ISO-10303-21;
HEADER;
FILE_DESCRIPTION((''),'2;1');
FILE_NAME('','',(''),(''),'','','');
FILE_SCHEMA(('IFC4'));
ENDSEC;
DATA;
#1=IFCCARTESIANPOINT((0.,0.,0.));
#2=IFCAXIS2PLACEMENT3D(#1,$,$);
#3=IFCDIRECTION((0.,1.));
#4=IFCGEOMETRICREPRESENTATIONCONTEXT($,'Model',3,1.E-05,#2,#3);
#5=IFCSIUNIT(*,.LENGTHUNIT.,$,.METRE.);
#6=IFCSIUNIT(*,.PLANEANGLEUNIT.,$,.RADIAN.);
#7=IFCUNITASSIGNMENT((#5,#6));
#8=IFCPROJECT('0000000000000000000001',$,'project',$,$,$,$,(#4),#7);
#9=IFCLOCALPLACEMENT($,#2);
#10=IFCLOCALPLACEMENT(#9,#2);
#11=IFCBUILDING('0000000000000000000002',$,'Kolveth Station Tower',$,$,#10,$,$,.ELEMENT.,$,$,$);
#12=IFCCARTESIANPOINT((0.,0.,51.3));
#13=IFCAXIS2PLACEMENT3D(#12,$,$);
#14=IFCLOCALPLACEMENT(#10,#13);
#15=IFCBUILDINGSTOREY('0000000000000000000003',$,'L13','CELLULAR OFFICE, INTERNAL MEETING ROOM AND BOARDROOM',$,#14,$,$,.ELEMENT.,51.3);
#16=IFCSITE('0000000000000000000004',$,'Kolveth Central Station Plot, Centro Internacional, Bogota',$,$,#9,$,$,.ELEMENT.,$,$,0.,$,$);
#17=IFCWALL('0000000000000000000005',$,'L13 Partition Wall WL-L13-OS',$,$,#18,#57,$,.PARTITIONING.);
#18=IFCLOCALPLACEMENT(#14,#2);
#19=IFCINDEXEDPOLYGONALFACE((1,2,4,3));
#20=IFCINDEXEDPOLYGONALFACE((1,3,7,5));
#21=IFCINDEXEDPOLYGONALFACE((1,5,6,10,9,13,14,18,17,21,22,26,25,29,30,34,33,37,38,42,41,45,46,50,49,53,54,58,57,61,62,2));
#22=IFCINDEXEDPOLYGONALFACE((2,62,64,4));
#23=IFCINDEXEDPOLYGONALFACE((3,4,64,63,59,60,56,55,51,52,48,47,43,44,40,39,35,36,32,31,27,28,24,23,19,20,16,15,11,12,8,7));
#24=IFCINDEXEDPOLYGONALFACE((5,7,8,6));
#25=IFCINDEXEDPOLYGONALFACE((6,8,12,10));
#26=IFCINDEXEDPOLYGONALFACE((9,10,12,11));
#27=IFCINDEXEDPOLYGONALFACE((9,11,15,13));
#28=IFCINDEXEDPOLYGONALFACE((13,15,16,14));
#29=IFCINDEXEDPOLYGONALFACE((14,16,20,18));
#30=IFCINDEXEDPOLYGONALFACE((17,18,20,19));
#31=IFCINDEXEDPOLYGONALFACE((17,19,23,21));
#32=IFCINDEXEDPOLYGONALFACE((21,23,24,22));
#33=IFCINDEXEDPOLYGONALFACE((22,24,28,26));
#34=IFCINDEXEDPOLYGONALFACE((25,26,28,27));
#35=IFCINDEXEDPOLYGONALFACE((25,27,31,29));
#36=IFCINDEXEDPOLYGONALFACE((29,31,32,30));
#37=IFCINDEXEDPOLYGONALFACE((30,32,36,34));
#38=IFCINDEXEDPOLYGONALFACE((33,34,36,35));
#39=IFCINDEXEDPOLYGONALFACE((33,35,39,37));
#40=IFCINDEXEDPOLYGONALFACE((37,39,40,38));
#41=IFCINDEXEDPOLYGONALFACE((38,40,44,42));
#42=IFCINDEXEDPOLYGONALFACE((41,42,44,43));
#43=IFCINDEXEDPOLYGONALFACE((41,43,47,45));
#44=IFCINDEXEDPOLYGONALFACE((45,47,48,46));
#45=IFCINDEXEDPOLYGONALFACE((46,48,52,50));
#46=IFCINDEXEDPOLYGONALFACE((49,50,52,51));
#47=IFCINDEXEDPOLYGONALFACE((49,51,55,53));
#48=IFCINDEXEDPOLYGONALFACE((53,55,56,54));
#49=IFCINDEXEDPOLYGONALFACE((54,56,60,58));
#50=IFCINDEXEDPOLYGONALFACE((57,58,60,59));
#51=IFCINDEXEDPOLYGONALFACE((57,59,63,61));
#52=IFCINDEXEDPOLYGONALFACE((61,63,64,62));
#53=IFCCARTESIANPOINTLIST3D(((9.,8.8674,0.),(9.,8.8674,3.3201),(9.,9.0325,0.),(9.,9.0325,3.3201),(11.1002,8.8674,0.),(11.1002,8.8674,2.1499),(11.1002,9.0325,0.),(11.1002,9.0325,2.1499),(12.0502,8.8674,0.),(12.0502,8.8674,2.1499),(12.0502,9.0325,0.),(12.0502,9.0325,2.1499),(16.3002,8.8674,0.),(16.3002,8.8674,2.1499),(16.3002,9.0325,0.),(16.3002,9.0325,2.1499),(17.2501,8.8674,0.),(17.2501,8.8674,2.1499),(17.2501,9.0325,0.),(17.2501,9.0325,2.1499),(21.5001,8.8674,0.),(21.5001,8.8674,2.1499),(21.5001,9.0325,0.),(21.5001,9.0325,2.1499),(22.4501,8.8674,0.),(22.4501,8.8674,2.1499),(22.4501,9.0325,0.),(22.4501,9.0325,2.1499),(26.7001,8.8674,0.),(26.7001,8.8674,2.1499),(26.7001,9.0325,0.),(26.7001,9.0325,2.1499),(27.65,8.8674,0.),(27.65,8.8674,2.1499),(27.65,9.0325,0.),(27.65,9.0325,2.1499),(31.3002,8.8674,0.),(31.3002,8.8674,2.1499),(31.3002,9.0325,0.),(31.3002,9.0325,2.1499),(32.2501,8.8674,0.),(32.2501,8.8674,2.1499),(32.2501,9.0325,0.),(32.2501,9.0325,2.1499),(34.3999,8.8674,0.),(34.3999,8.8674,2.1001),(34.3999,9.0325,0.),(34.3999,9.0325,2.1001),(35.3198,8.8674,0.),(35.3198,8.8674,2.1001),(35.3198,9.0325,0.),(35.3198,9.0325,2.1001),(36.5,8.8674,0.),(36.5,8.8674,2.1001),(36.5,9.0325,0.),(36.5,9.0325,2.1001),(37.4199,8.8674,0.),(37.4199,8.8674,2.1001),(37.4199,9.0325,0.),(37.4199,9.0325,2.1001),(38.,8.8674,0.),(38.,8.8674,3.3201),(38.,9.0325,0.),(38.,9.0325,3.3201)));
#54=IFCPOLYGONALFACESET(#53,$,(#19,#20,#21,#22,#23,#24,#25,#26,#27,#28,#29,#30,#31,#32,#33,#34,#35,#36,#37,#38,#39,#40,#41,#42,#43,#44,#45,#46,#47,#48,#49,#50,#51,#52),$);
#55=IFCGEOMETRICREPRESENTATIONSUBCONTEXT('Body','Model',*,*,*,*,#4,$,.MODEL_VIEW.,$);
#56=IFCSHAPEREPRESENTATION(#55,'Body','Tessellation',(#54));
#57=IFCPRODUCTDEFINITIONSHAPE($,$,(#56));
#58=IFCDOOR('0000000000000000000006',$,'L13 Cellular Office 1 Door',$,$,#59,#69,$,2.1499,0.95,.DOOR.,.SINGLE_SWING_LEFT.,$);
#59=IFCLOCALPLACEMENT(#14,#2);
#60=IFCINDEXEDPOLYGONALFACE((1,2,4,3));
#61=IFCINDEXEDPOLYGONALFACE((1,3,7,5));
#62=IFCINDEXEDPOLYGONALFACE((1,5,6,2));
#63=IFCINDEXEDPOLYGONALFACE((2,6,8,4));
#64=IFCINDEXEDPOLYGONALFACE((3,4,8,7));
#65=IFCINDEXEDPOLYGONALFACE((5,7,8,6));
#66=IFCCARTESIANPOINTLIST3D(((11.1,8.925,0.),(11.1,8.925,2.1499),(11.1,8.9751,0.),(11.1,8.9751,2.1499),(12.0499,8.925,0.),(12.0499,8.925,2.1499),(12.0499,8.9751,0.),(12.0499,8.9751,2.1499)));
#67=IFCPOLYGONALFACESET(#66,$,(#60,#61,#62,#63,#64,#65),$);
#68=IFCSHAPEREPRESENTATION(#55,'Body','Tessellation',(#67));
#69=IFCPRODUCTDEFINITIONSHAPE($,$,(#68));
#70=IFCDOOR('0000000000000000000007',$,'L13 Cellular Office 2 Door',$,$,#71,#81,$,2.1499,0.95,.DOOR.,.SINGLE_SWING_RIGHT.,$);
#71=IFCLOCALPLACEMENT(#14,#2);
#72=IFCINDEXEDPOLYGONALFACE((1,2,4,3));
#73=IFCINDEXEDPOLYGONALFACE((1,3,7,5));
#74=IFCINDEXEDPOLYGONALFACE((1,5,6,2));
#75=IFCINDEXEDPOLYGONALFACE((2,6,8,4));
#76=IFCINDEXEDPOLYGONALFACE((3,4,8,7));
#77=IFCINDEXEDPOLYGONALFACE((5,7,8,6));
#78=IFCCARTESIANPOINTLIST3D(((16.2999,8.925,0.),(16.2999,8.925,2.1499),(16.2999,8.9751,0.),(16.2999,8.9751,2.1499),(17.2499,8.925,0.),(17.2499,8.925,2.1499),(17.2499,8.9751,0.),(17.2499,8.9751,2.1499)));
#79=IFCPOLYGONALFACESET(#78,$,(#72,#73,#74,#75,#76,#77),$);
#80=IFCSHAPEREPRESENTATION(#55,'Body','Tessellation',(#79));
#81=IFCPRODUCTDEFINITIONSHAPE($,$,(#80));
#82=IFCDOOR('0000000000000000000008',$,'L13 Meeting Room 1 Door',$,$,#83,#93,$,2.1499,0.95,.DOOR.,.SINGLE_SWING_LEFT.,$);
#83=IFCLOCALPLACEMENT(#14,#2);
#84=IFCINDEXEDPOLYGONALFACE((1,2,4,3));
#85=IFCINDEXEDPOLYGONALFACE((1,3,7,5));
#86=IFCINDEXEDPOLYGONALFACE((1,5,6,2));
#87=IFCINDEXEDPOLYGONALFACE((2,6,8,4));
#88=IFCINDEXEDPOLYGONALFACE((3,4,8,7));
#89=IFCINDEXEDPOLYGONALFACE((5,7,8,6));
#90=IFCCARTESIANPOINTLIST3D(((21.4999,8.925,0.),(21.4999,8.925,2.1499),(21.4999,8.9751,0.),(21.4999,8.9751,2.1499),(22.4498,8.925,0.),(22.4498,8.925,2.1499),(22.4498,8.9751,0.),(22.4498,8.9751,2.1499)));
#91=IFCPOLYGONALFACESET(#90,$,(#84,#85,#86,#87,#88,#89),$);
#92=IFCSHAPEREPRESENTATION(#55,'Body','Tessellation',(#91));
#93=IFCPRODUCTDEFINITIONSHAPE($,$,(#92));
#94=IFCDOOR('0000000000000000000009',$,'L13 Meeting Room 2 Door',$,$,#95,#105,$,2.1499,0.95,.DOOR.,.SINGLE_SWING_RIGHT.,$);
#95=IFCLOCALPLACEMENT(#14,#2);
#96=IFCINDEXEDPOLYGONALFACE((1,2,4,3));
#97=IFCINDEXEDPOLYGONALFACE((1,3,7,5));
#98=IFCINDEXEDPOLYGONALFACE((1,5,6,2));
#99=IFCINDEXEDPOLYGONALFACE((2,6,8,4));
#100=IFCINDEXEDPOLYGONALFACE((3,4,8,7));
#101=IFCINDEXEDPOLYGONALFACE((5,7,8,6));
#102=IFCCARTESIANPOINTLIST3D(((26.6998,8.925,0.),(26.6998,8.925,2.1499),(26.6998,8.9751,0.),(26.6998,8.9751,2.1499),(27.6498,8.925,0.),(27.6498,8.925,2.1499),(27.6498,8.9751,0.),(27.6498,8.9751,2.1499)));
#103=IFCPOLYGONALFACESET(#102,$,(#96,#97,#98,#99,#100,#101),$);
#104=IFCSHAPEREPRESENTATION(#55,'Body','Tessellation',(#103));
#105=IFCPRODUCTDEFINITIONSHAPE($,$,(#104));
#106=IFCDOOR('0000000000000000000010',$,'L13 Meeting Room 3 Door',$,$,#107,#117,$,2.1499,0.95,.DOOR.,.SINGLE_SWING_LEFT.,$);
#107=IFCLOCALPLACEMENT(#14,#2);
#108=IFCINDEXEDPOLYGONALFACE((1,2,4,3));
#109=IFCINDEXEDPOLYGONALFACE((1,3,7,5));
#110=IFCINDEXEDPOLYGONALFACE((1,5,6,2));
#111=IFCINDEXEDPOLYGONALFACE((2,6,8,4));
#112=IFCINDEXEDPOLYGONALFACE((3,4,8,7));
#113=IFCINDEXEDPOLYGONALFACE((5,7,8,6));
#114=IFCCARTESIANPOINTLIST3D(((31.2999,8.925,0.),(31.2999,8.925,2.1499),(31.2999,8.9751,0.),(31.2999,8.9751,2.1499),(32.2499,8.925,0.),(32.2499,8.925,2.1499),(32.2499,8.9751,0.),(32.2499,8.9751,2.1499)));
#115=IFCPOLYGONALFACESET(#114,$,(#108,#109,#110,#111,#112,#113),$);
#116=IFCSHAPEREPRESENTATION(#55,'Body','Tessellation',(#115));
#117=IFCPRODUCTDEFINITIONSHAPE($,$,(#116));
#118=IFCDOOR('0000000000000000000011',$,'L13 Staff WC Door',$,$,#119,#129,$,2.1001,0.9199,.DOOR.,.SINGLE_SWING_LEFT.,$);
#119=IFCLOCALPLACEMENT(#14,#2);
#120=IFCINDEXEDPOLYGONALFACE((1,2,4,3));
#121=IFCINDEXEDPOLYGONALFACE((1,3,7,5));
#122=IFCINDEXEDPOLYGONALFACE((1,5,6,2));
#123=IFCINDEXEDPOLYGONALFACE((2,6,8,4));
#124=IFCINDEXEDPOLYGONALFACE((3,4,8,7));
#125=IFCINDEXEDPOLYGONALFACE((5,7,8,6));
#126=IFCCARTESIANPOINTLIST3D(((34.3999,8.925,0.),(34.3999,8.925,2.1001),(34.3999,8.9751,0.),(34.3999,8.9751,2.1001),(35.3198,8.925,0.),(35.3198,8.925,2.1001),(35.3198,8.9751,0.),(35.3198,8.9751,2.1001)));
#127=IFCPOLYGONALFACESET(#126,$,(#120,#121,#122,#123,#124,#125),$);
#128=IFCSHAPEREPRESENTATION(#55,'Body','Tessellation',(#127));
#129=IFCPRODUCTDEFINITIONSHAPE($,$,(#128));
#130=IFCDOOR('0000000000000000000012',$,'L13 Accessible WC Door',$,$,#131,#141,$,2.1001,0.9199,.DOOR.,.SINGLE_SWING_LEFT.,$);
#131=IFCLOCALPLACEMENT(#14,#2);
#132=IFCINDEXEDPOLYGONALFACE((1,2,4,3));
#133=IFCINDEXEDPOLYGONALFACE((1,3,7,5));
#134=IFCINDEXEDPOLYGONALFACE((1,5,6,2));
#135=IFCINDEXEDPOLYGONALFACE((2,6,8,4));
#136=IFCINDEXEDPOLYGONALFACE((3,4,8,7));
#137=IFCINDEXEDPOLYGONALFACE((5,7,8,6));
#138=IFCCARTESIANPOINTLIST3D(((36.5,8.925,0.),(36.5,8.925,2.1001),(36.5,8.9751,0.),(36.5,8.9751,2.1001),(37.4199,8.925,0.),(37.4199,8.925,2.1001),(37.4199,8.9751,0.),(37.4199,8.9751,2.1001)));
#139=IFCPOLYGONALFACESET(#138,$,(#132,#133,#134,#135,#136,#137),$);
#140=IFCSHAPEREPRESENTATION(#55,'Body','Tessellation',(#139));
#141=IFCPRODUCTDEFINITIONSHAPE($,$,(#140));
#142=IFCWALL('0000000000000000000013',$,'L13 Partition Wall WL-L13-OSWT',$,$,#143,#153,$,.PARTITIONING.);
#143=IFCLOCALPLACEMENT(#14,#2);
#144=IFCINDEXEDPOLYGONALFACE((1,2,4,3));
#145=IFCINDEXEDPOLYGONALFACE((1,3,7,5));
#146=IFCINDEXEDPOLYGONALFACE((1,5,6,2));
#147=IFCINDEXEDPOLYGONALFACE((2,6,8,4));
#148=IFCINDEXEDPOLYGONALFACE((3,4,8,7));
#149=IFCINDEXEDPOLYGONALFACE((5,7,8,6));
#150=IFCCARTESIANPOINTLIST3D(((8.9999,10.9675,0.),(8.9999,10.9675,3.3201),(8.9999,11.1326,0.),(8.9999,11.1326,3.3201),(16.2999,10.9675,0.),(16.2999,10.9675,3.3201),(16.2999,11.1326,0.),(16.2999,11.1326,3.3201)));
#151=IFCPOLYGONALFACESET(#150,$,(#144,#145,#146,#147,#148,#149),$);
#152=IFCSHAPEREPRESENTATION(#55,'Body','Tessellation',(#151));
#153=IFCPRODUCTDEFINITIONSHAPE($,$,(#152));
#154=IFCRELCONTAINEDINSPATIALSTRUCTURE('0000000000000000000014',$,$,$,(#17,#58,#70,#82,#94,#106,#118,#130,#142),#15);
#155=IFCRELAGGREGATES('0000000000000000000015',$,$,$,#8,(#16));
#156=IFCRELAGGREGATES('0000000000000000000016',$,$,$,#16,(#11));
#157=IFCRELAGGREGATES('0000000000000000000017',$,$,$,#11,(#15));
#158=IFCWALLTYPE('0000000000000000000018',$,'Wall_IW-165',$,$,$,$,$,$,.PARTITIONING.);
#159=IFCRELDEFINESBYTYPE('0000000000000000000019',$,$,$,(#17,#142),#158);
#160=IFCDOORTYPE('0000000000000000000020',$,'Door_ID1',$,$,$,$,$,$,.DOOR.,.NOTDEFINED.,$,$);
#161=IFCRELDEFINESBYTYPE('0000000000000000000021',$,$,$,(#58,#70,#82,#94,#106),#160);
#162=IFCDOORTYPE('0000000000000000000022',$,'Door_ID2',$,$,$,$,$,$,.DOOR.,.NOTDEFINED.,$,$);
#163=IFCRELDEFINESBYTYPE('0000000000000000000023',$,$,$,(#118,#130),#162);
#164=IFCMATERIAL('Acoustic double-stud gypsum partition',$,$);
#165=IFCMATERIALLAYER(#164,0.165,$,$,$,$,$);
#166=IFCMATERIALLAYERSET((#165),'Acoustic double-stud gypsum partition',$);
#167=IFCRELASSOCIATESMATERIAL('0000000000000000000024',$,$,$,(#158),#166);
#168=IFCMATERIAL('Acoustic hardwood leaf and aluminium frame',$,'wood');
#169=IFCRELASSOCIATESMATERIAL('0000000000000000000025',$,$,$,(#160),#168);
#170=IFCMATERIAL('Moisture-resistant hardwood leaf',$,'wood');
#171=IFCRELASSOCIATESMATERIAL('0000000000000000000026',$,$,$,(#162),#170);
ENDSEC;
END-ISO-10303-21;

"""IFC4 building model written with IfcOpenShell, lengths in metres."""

from ifc_helpers import new_model, si_unit, direction, frame, frame_2d, origin, place, context, subcontext, project, spatial, rectangle, extrude, material, layer, layer_set, type_object, element, fill, save


model = new_model("IFC4")

# Units and contexts
model_context = context("Model", 3, precision=1e-05, world=origin(), true_north=direction((0.0, 1.0)))
body_context = subcontext(model_context, "Body", "Model", "MODEL_VIEW")
ifc_project = project(units=[si_unit("LENGTHUNIT", "METRE"), si_unit("PLANEANGLEUNIT", "RADIAN")], contexts=[model_context])

# Site, building, storey
site_placement = place(None, origin())
site = spatial("IfcSite", under=ifc_project, at=site_placement, Name="Kolveth Central Station Plot, Centro Internacional, Bogota", CompositionType="ELEMENT", RefElevation=0.0)
building_placement = place(site_placement, origin())
building = spatial("IfcBuilding", under=site, at=building_placement, Name="Kolveth Station Tower", CompositionType="ELEMENT")
storey_placement = place(building_placement, frame((0.0, 0.0, 51.3)))
storey = spatial("IfcBuildingStorey", under=building, at=storey_placement, Name="L13", Description="CELLULAR OFFICE, INTERNAL MEETING ROOM AND BOARDROOM", CompositionType="ELEMENT", Elevation=51.3)

# Wall, openings, doors
ifc_material_1 = material(Name="Acoustic double-stud gypsum partition")
ifc_layer = layer(ifc_material_1, 0.165)
ifc_layer_set = layer_set([ifc_layer], Name="Acoustic double-stud gypsum partition")
wall_type = type_object("IfcWallType", Name="Wall_IW-165", PredefinedType="PARTITIONING", material=ifc_layer_set)
wall_1_placement = place(storey_placement, frame((9.0, 8.95, 0.0), z_axis=(0.0, 0.0, 1.0), x_axis=(1.0, 0.0, 0.0)))
wall_1 = element("IfcWall", 1, at=wall_1_placement, inside=storey, type_object=wall_type, Name="L13 Partition Wall WL-L13-OS", PredefinedType="PARTITIONING", context=body_context, shape_type="SweptSolid", body=[
    extrude(rectangle(XDim=29.0, YDim=0.165, at=frame_2d((14.5, 0.0))), origin(), (0.0, 0.0, 1.0), 3.3201),
])
opening_1_placement = place(wall_1_placement, frame((2.1001, 0.0, 0.0)))
opening_1 = element("IfcOpeningElement", 2, at=opening_1_placement, cuts=wall_1, PredefinedType="OPENING", context=body_context, shape_type="SweptSolid", body=[
    extrude(rectangle(XDim=0.95, YDim=2.1499, at=frame_2d((0.4751, 1.075))), frame((0.0, 0.0925, 0.0), z_axis=(0.0, -1.0, 0.0), x_axis=(1.0, 0.0, 0.0)), (0.0, 0.0, 1.0), 0.1851),
])
opening_2_placement = place(wall_1_placement, frame((7.3, 0.0, 0.0)))
opening_2 = element("IfcOpeningElement", 3, at=opening_2_placement, cuts=wall_1, PredefinedType="OPENING", context=body_context, shape_type="SweptSolid", body=[
    extrude(rectangle(XDim=0.95, YDim=2.1499, at=frame_2d((0.4751, 1.075))), frame((0.0, 0.0925, 0.0), z_axis=(0.0, -1.0, 0.0), x_axis=(1.0, 0.0, 0.0)), (0.0, 0.0, 1.0), 0.1851),
])
opening_3_placement = place(wall_1_placement, frame((12.5, 0.0, 0.0)))
opening_3 = element("IfcOpeningElement", 4, at=opening_3_placement, cuts=wall_1, PredefinedType="OPENING", context=body_context, shape_type="SweptSolid", body=[
    extrude(rectangle(XDim=0.95, YDim=2.1499, at=frame_2d((0.4751, 1.075))), frame((0.0, 0.0925, 0.0), z_axis=(0.0, -1.0, 0.0), x_axis=(1.0, 0.0, 0.0)), (0.0, 0.0, 1.0), 0.1851),
])
opening_4_placement = place(wall_1_placement, frame((17.7, 0.0, 0.0)))
opening_4 = element("IfcOpeningElement", 5, at=opening_4_placement, cuts=wall_1, PredefinedType="OPENING", context=body_context, shape_type="SweptSolid", body=[
    extrude(rectangle(XDim=0.95, YDim=2.1499, at=frame_2d((0.4751, 1.075))), frame((0.0, 0.0925, 0.0), z_axis=(0.0, -1.0, 0.0), x_axis=(1.0, 0.0, 0.0)), (0.0, 0.0, 1.0), 0.1851),
])
opening_5_placement = place(wall_1_placement, frame((22.3, 0.0, 0.0)))
opening_5 = element("IfcOpeningElement", 6, at=opening_5_placement, cuts=wall_1, PredefinedType="OPENING", context=body_context, shape_type="SweptSolid", body=[
    extrude(rectangle(XDim=0.95, YDim=2.1499, at=frame_2d((0.4751, 1.075))), frame((0.0, 0.0925, 0.0), z_axis=(0.0, -1.0, 0.0), x_axis=(1.0, 0.0, 0.0)), (0.0, 0.0, 1.0), 0.1851),
])
opening_6_placement = place(wall_1_placement, frame((25.3999, 0.0, 0.0)))
opening_6 = element("IfcOpeningElement", 7, at=opening_6_placement, cuts=wall_1, PredefinedType="OPENING", context=body_context, shape_type="SweptSolid", body=[
    extrude(rectangle(XDim=0.9199, YDim=2.1001, at=frame_2d((0.46, 1.05))), frame((0.0, 0.0925, 0.0), z_axis=(0.0, -1.0, 0.0), x_axis=(1.0, 0.0, 0.0)), (0.0, 0.0, 1.0), 0.1851),
])
opening_7_placement = place(wall_1_placement, frame((27.5, 0.0, 0.0)))
opening_7 = element("IfcOpeningElement", 8, at=opening_7_placement, cuts=wall_1, PredefinedType="OPENING", context=body_context, shape_type="SweptSolid", body=[
    extrude(rectangle(XDim=0.9199, YDim=2.1001, at=frame_2d((0.46, 1.05))), frame((0.0, 0.0925, 0.0), z_axis=(0.0, -1.0, 0.0), x_axis=(1.0, 0.0, 0.0)), (0.0, 0.0, 1.0), 0.1851),
])
ifc_material_2 = material(Name="Acoustic hardwood leaf and aluminium frame", Category="wood")
door_type_1 = type_object("IfcDoorType", Name="Door_ID1", OperationType="NOTDEFINED", PredefinedType="DOOR", material=ifc_material_2)
door_1_placement = place(opening_1_placement, frame((0.95, 0.0, 0.0), z_axis=(0.0, 0.0, 1.0), x_axis=(-1.0, 0.0, 0.0)))
door_1 = element("IfcDoor", 9, at=door_1_placement, inside=storey, type_object=door_type_1, Name="L13 Cellular Office 1 Door", OperationType="SINGLE_SWING_LEFT", OverallHeight=2.1499, OverallWidth=0.95, PredefinedType="DOOR", context=body_context, shape_type="SweptSolid", body=[
    extrude(rectangle(XDim=0.95, YDim=2.1499, at=frame_2d((0.4751, 1.075))), frame((0.0, 0.0249, 0.0), z_axis=(0.0, -1.0, 0.0), x_axis=(1.0, 0.0, 0.0)), (0.0, 0.0, 1.0), 0.05),
])
fill(opening_1, door_1)
door_2_placement = place(opening_2_placement, frame((0.95, 0.0, 0.0), z_axis=(0.0, 0.0, 1.0), x_axis=(-1.0, 0.0, 0.0)))
door_2 = element("IfcDoor", 10, at=door_2_placement, inside=storey, type_object=door_type_1, Name="L13 Cellular Office 2 Door", OperationType="SINGLE_SWING_RIGHT", OverallHeight=2.1499, OverallWidth=0.95, PredefinedType="DOOR", context=body_context, shape_type="SweptSolid", body=[
    extrude(rectangle(XDim=0.95, YDim=2.1499, at=frame_2d((0.4751, 1.075))), frame((0.0, 0.0249, 0.0), z_axis=(0.0, -1.0, 0.0), x_axis=(1.0, 0.0, 0.0)), (0.0, 0.0, 1.0), 0.05),
])
fill(opening_2, door_2)
door_3_placement = place(opening_3_placement, frame((0.95, 0.0, 0.0), z_axis=(0.0, 0.0, 1.0), x_axis=(-1.0, 0.0, 0.0)))
door_3 = element("IfcDoor", 11, at=door_3_placement, inside=storey, type_object=door_type_1, Name="L13 Meeting Room 1 Door", OperationType="SINGLE_SWING_LEFT", OverallHeight=2.1499, OverallWidth=0.95, PredefinedType="DOOR", context=body_context, shape_type="SweptSolid", body=[
    extrude(rectangle(XDim=0.95, YDim=2.1499, at=frame_2d((0.4751, 1.075))), frame((0.0, 0.0249, 0.0), z_axis=(0.0, -1.0, 0.0), x_axis=(1.0, 0.0, 0.0)), (0.0, 0.0, 1.0), 0.05),
])
fill(opening_3, door_3)
door_4_placement = place(opening_4_placement, frame((0.95, 0.0, 0.0), z_axis=(0.0, 0.0, 1.0), x_axis=(-1.0, 0.0, 0.0)))
door_4 = element("IfcDoor", 12, at=door_4_placement, inside=storey, type_object=door_type_1, Name="L13 Meeting Room 2 Door", OperationType="SINGLE_SWING_RIGHT", OverallHeight=2.1499, OverallWidth=0.95, PredefinedType="DOOR", context=body_context, shape_type="SweptSolid", body=[
    extrude(rectangle(XDim=0.95, YDim=2.1499, at=frame_2d((0.4751, 1.075))), frame((0.0, 0.0249, 0.0), z_axis=(0.0, -1.0, 0.0), x_axis=(1.0, 0.0, 0.0)), (0.0, 0.0, 1.0), 0.05),
])
fill(opening_4, door_4)
door_5_placement = place(opening_5_placement, frame((0.95, 0.0, 0.0), z_axis=(0.0, 0.0, 1.0), x_axis=(-1.0, 0.0, 0.0)))
door_5 = element("IfcDoor", 13, at=door_5_placement, inside=storey, type_object=door_type_1, Name="L13 Meeting Room 3 Door", OperationType="SINGLE_SWING_LEFT", OverallHeight=2.1499, OverallWidth=0.95, PredefinedType="DOOR", context=body_context, shape_type="SweptSolid", body=[
    extrude(rectangle(XDim=0.95, YDim=2.1499, at=frame_2d((0.4751, 1.075))), frame((0.0, 0.0249, 0.0), z_axis=(0.0, -1.0, 0.0), x_axis=(1.0, 0.0, 0.0)), (0.0, 0.0, 1.0), 0.05),
])
fill(opening_5, door_5)
ifc_material_3 = material(Name="Moisture-resistant hardwood leaf", Category="wood")
door_type_2 = type_object("IfcDoorType", Name="Door_ID2", OperationType="NOTDEFINED", PredefinedType="DOOR", material=ifc_material_3)
door_6_placement = place(opening_6_placement, frame((0.9199, 0.0, 0.0), z_axis=(0.0, 0.0, 1.0), x_axis=(-1.0, 0.0, 0.0)))
door_6 = element("IfcDoor", 14, at=door_6_placement, inside=storey, type_object=door_type_2, Name="L13 Staff WC Door", OperationType="SINGLE_SWING_LEFT", OverallHeight=2.1001, OverallWidth=0.9199, PredefinedType="DOOR", context=body_context, shape_type="SweptSolid", body=[
    extrude(rectangle(XDim=0.9199, YDim=2.1001, at=frame_2d((0.46, 1.05))), frame((0.0, 0.0249, 0.0), z_axis=(0.0, -1.0, 0.0), x_axis=(1.0, 0.0, 0.0)), (0.0, 0.0, 1.0), 0.05),
])
fill(opening_6, door_6)
door_7_placement = place(opening_7_placement, frame((0.9199, 0.0, 0.0), z_axis=(0.0, 0.0, 1.0), x_axis=(-1.0, 0.0, 0.0)))
door_7 = element("IfcDoor", 15, at=door_7_placement, inside=storey, type_object=door_type_2, Name="L13 Accessible WC Door", OperationType="SINGLE_SWING_LEFT", OverallHeight=2.1001, OverallWidth=0.9199, PredefinedType="DOOR", context=body_context, shape_type="SweptSolid", body=[
    extrude(rectangle(XDim=0.9199, YDim=2.1001, at=frame_2d((0.46, 1.05))), frame((0.0, 0.0249, 0.0), z_axis=(0.0, -1.0, 0.0), x_axis=(1.0, 0.0, 0.0)), (0.0, 0.0, 1.0), 0.05),
])
fill(opening_7, door_7)

# Wall
wall_2_placement = place(storey_placement, frame((9.0, 11.05, 0.0), z_axis=(0.0, 0.0, 1.0), x_axis=(1.0, 0.0, 0.0)))
element("IfcWall", 16, at=wall_2_placement, inside=storey, type_object=wall_type, Name="L13 Partition Wall WL-L13-OSWT", PredefinedType="PARTITIONING", context=body_context, shape_type="SweptSolid", body=[
    extrude(rectangle(XDim=7.3, YDim=0.165, at=frame_2d((3.6499, 0.0))), origin(), (0.0, 0.0, 1.0), 3.3201),
])

save(model, "model.ifc")
